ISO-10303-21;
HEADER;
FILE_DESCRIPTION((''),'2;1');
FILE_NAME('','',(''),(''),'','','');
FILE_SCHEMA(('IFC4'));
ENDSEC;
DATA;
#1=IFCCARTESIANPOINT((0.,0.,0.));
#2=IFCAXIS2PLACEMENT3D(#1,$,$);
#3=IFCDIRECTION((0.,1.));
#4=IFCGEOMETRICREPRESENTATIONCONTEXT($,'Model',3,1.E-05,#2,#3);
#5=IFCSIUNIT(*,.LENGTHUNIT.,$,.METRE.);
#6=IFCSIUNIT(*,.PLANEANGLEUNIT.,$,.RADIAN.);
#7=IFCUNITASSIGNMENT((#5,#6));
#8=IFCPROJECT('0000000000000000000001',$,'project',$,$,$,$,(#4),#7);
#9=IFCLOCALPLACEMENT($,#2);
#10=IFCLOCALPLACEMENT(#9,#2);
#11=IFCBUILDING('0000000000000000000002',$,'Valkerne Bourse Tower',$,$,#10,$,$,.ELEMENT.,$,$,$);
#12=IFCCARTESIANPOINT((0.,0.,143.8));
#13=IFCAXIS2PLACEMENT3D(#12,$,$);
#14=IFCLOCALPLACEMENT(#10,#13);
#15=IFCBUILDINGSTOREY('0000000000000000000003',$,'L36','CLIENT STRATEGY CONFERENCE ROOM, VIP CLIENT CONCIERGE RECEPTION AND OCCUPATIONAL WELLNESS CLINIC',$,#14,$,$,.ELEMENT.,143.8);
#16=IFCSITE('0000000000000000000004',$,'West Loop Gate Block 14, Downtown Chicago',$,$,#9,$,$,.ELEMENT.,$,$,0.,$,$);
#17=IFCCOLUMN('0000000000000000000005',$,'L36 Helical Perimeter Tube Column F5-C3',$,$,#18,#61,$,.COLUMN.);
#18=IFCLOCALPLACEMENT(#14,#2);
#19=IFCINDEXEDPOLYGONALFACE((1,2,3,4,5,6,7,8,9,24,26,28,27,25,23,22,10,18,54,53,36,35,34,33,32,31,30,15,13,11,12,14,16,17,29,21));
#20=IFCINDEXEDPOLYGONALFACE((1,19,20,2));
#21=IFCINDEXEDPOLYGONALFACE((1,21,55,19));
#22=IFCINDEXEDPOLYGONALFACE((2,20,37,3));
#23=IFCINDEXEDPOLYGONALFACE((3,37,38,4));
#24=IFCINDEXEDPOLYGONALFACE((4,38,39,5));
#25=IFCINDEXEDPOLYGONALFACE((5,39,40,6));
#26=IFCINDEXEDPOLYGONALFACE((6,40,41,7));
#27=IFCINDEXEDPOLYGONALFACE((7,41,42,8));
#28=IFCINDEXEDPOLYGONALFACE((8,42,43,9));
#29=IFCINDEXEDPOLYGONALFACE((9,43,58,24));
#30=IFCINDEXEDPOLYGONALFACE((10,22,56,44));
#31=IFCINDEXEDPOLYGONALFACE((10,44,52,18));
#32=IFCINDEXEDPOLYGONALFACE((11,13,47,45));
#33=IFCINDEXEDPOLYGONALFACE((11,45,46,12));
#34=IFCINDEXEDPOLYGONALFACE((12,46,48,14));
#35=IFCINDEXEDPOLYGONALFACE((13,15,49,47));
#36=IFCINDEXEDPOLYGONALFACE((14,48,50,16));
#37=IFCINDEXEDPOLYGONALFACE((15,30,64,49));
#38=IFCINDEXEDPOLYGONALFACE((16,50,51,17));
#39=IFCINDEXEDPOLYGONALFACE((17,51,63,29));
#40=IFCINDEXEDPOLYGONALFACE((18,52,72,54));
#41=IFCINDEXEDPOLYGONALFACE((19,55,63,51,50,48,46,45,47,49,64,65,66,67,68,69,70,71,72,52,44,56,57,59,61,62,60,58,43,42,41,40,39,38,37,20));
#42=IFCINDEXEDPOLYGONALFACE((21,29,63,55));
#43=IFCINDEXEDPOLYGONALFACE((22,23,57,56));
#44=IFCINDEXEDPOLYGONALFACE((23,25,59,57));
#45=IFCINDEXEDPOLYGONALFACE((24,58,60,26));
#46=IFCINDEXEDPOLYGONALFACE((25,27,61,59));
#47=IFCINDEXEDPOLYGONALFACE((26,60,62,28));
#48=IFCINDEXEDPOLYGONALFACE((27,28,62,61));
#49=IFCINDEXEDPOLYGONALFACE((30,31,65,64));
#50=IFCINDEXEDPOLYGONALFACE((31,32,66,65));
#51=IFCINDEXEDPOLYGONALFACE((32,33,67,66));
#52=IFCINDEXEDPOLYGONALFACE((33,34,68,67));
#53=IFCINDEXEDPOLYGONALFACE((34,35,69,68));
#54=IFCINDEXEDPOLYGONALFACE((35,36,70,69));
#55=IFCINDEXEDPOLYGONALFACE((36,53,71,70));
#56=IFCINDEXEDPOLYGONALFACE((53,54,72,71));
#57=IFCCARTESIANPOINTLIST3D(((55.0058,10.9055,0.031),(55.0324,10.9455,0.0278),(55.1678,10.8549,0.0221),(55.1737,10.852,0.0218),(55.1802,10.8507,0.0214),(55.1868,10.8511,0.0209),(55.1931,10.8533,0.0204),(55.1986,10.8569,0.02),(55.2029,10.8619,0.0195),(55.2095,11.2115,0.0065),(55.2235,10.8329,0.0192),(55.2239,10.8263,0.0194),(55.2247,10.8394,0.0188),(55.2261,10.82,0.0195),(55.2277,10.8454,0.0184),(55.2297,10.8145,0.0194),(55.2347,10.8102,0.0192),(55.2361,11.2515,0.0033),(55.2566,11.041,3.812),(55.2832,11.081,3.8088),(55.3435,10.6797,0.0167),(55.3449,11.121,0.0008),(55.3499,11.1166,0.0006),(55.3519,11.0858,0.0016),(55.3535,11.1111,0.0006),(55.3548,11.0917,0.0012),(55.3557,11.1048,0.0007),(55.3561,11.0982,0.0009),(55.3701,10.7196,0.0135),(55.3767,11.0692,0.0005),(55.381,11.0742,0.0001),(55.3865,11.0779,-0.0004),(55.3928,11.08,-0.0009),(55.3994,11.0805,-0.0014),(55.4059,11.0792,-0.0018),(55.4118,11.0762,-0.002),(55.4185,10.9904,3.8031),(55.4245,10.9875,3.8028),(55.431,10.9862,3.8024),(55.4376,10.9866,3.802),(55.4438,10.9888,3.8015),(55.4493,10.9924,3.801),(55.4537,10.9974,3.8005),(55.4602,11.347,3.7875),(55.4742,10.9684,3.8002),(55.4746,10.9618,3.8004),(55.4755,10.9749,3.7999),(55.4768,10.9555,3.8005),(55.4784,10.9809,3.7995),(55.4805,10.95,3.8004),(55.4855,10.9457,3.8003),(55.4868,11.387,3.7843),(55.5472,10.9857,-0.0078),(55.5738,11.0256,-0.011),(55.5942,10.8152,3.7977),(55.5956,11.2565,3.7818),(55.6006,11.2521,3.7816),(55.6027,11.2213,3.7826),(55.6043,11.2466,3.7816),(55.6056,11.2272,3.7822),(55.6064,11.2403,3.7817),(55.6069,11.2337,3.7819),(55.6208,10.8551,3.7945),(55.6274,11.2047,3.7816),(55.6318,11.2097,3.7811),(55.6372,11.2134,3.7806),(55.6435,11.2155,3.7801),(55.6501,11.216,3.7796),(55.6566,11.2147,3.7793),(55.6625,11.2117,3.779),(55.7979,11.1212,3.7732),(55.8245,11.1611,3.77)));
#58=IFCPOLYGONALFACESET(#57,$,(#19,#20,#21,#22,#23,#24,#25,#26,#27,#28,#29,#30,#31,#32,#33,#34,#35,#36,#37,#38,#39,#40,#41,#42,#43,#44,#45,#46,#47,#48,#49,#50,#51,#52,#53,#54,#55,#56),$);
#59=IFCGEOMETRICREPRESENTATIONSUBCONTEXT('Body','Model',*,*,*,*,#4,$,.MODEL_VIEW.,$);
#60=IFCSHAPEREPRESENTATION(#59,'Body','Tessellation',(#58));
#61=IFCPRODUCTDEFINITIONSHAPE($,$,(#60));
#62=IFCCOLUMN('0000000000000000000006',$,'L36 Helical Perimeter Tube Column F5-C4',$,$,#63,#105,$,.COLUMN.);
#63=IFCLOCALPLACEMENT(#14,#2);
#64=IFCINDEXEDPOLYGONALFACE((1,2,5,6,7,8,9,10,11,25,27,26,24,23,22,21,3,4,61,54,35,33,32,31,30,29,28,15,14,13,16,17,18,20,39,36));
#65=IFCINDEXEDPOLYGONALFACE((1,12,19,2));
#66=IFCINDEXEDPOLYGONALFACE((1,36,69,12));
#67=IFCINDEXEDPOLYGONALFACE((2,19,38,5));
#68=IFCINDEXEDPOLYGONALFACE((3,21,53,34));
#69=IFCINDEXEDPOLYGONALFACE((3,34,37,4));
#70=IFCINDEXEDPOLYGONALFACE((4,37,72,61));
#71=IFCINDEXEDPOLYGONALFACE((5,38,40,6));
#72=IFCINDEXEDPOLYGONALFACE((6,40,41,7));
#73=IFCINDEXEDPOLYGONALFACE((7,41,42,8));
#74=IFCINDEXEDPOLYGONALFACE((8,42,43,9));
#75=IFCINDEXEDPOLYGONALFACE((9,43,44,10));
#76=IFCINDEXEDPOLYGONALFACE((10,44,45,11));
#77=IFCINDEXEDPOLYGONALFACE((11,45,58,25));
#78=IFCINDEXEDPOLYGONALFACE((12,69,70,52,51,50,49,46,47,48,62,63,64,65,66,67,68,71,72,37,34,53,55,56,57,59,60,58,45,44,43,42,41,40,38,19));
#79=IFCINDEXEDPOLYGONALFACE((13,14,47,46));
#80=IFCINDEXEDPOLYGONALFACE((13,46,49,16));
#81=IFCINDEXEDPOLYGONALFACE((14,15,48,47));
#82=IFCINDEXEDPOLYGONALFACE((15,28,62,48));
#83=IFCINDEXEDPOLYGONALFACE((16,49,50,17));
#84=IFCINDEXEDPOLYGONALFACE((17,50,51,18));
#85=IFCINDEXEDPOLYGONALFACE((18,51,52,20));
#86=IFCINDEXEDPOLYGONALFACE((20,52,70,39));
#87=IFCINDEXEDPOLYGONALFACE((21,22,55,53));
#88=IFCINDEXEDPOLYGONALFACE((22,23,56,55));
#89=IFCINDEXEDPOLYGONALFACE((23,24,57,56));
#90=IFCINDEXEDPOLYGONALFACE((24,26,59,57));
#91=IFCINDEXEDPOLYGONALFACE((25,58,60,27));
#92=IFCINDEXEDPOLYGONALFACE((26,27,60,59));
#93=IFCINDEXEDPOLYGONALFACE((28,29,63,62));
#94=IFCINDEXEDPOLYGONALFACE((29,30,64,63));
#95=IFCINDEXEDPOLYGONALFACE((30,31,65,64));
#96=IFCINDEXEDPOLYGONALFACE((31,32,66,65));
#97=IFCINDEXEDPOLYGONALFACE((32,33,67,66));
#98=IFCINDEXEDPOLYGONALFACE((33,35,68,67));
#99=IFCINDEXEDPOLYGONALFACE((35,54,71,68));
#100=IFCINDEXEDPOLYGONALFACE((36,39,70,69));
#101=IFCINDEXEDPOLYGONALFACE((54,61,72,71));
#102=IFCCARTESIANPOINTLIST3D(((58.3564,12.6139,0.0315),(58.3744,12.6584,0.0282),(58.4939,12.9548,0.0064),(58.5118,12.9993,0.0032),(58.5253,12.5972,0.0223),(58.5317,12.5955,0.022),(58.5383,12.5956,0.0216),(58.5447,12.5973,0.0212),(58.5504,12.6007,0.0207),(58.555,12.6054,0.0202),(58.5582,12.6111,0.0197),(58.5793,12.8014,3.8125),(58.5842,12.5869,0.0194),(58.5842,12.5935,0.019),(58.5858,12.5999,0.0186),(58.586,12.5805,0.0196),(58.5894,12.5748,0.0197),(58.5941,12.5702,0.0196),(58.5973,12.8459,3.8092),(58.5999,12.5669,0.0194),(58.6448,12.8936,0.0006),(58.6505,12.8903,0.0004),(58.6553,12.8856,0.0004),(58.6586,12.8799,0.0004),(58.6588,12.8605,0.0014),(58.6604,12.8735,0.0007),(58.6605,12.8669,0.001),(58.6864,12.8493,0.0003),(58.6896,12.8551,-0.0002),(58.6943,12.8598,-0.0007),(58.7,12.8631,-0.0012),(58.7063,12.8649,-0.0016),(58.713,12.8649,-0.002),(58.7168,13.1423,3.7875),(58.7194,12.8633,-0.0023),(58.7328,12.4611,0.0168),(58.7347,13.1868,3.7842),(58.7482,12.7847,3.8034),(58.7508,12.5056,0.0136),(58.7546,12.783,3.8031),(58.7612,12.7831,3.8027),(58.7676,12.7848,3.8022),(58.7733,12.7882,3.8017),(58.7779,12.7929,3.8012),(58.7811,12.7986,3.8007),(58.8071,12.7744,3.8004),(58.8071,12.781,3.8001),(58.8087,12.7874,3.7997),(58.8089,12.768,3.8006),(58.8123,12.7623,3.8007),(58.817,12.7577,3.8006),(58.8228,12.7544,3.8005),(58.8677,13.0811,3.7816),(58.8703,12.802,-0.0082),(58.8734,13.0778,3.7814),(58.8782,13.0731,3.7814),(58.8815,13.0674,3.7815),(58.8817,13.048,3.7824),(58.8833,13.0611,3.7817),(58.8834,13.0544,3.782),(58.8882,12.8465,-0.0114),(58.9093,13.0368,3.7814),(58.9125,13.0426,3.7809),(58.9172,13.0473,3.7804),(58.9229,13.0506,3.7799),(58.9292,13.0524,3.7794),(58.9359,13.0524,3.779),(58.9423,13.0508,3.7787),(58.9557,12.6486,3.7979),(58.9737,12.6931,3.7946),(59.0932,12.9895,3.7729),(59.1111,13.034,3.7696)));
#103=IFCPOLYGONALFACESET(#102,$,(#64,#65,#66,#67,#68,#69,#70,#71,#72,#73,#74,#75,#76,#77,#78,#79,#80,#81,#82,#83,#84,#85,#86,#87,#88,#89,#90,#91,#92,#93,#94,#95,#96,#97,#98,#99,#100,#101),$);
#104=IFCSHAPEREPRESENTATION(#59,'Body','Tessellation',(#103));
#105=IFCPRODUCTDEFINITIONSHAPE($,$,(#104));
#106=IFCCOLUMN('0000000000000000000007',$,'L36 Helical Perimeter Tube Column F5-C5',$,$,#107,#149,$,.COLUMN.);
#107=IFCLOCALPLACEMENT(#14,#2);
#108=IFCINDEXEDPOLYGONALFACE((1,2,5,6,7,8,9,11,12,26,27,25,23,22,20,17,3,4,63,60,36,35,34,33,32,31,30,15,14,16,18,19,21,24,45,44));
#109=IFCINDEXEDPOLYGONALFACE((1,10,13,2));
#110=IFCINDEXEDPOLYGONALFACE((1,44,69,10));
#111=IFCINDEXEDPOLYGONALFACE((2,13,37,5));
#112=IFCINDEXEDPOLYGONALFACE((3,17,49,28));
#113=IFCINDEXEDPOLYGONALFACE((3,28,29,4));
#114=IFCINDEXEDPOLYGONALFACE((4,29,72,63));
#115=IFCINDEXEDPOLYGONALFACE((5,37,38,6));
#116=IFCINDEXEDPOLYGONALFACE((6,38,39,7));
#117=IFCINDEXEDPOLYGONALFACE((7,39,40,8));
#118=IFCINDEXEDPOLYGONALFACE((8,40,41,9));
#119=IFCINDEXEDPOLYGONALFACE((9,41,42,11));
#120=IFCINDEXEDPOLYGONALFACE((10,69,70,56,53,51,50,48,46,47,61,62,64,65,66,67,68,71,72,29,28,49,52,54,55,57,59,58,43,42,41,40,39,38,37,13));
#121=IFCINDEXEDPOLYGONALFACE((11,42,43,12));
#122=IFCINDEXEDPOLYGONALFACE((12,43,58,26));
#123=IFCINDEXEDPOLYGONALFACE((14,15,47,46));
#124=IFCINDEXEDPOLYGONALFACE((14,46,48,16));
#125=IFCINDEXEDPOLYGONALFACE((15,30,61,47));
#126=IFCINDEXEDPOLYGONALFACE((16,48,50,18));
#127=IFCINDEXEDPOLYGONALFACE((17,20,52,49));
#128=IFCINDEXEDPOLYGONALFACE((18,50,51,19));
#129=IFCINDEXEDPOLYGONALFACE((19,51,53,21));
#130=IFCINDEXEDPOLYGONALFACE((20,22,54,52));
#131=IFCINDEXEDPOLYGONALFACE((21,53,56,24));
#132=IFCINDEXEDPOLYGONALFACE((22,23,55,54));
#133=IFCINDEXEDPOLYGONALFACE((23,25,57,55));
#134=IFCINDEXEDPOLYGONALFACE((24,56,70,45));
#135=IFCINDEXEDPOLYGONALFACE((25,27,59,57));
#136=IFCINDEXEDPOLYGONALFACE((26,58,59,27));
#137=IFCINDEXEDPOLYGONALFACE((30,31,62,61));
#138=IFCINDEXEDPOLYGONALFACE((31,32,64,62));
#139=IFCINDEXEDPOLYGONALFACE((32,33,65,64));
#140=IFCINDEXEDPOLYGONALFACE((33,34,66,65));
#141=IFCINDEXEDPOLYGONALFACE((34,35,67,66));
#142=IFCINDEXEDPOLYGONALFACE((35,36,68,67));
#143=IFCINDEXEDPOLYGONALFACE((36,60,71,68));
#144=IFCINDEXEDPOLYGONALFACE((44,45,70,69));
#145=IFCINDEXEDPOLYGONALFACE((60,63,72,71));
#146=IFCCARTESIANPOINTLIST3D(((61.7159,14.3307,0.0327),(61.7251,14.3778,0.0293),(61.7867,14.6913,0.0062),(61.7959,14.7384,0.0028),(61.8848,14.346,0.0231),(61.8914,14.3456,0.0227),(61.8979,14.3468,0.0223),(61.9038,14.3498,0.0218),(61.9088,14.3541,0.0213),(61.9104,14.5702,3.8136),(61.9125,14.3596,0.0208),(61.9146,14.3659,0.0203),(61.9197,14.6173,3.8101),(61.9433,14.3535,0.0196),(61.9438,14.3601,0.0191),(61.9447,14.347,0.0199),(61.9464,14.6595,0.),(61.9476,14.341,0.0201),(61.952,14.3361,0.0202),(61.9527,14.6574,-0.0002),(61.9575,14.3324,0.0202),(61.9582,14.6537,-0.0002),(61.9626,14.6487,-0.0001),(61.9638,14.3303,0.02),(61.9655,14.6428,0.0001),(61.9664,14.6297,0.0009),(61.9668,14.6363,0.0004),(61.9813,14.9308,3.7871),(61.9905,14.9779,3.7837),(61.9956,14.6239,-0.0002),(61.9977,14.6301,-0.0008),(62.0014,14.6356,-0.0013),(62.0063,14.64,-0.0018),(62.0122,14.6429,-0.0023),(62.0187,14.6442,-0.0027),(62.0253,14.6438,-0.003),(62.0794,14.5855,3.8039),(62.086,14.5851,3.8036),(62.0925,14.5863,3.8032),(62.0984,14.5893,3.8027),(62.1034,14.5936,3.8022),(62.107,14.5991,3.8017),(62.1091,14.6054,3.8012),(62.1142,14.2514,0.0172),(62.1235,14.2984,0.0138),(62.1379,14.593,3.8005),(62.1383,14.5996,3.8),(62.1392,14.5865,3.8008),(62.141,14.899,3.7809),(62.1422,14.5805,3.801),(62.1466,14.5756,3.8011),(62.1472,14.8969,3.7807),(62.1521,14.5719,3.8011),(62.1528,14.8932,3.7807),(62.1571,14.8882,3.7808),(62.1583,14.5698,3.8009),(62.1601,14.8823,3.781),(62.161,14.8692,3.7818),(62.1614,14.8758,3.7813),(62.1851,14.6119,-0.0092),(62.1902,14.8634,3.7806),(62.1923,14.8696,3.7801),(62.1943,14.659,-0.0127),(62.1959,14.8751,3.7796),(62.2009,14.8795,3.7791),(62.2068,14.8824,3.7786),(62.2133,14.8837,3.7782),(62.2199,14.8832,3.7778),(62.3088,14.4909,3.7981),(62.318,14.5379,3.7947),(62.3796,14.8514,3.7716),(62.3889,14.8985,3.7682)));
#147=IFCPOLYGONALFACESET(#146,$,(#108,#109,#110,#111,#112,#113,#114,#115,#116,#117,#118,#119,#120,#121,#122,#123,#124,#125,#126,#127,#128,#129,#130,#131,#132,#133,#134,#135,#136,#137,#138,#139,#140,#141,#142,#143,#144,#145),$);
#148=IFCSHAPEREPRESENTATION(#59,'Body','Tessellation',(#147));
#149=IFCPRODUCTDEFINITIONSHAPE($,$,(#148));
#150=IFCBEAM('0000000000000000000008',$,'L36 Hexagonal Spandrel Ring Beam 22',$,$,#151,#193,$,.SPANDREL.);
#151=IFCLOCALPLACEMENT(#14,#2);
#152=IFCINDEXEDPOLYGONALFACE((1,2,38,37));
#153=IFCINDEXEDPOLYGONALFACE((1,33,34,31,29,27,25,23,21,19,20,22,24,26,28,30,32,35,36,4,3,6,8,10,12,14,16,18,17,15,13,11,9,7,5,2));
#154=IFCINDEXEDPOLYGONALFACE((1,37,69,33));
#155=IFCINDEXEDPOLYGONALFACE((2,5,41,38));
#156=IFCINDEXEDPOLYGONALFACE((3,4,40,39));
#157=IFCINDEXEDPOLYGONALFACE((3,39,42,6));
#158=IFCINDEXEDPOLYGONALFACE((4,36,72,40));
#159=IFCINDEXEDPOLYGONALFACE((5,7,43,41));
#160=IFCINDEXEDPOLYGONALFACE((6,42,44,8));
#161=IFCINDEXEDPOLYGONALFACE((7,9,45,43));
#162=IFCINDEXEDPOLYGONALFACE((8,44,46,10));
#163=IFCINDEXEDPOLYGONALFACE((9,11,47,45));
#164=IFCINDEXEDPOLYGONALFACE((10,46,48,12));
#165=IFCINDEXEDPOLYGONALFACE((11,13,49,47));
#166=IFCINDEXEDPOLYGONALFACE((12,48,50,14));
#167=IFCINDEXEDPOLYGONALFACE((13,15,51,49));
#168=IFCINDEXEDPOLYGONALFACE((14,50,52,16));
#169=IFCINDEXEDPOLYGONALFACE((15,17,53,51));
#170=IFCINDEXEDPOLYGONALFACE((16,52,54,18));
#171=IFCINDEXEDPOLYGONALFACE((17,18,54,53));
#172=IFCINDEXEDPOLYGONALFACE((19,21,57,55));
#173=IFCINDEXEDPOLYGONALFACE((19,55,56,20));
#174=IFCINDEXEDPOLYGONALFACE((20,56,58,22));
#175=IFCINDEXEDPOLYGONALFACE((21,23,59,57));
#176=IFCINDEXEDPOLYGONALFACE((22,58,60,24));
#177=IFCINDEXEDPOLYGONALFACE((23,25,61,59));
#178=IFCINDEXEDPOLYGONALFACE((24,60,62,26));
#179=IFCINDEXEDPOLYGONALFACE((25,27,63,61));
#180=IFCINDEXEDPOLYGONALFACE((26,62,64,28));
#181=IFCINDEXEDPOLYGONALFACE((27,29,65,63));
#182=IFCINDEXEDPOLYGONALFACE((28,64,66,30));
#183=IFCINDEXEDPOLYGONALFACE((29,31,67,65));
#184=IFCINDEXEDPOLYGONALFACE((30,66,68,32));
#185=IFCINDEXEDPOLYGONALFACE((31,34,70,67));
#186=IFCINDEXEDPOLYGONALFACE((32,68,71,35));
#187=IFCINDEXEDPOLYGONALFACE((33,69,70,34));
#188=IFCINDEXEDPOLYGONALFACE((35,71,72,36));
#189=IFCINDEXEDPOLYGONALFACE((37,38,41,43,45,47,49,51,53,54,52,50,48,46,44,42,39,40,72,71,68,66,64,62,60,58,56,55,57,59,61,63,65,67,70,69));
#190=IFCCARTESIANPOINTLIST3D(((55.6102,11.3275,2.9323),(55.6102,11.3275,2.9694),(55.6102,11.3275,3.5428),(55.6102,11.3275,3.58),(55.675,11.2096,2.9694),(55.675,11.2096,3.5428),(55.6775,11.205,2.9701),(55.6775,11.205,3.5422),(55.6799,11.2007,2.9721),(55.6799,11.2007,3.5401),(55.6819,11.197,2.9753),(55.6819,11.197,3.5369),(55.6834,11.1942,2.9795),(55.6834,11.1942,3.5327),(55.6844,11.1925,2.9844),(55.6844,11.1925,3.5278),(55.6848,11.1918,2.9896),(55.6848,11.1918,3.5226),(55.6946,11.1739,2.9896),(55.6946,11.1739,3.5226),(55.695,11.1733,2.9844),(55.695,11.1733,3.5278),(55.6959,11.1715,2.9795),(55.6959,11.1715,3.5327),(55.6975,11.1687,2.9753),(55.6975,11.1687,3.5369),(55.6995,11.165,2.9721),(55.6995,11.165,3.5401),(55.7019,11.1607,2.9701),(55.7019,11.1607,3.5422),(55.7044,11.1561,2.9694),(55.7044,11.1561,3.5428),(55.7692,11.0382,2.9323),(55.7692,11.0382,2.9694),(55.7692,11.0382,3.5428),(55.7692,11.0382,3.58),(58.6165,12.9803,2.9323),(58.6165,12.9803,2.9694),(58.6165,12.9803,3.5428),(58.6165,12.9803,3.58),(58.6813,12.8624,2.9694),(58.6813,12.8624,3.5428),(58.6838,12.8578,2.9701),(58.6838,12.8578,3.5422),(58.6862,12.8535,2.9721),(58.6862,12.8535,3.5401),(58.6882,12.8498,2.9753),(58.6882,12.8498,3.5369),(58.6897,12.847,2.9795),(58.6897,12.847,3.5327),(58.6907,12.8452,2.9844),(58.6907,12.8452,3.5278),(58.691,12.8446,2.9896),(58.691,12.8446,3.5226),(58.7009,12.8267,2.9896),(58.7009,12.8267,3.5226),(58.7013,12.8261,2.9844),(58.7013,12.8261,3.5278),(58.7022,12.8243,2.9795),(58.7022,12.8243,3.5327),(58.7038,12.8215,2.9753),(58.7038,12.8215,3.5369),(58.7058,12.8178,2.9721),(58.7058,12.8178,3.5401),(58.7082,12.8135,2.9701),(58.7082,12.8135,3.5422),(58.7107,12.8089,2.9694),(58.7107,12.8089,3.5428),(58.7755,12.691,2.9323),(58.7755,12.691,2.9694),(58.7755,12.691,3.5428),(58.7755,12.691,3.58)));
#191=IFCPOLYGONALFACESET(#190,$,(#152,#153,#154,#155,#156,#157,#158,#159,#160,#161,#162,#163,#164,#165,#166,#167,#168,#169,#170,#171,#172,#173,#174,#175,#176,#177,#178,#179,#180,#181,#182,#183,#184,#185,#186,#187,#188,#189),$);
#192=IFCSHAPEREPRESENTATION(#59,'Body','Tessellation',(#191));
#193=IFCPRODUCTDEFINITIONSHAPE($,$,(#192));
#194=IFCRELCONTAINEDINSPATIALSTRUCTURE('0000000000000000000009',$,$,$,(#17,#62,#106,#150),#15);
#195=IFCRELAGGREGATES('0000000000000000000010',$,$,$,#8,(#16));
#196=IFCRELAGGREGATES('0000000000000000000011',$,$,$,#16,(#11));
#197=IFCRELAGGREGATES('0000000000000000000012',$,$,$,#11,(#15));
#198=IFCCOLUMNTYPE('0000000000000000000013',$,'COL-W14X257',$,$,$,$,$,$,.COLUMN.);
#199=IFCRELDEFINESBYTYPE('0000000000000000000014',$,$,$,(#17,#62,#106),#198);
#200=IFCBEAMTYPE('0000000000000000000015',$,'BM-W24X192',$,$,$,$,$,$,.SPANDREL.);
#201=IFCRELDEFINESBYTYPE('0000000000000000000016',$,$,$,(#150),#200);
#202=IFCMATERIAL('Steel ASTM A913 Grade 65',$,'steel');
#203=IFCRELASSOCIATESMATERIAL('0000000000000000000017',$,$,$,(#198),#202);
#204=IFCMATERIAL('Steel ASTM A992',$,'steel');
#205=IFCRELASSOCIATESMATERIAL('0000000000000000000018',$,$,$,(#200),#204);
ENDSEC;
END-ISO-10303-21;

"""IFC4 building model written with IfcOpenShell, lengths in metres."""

from ifc_helpers import new_model, si_unit, direction, frame, origin, origin_2d, place, context, subcontext, project, spatial, i_section, extrude, material, material_profile, profile_set, type_object, element, save


model = new_model("IFC4")

# Units and contexts
model_context = context("Model", 3, precision=1e-05, world=origin(), true_north=direction((0.0, 1.0)))
body_context = subcontext(model_context, "Body", "Model", "MODEL_VIEW")
ifc_project = project(units=[si_unit("LENGTHUNIT", "METRE"), si_unit("PLANEANGLEUNIT", "RADIAN")], contexts=[model_context])

# Site, building, storey
site_placement = place(None, origin())
site = spatial("IfcSite", under=ifc_project, at=site_placement, Name="West Loop Gate Block 14, Downtown Chicago", CompositionType="ELEMENT", RefElevation=0.0)
building_placement = place(site_placement, origin())
building = spatial("IfcBuilding", under=site, at=building_placement, Name="Valkerne Bourse Tower", CompositionType="ELEMENT")
storey_placement = place(building_placement, frame((0.0, 0.0, 143.8)))
storey = spatial("IfcBuildingStorey", under=building, at=storey_placement, Name="L36", Description="CLIENT STRATEGY CONFERENCE ROOM, VIP CLIENT CONCIERGE RECEPTION AND OCCUPATIONAL WELLNESS CLINIC", CompositionType="ELEMENT", Elevation=143.8)

# Columns
ifc_material_1 = material(Name="Steel ASTM A913 Grade 65", Category="steel")
ifc_material_profile_1 = material_profile(ifc_material_1, i_section(OverallWidth=0.4065, OverallDepth=0.4165, WebThickness=0.0298, FlangeThickness=0.0481, FilletRadius=0.0254, at=origin_2d()), Name="W14X257")
ifc_profile_set_1 = profile_set([ifc_material_profile_1], Name="Steel ASTM A913 Grade 65")
column_type = type_object("IfcColumnType", Name="COL-W14X257", PredefinedType="COLUMN", material=ifc_profile_set_1)
column_1_placement = place(storey_placement, frame((55.2898, 10.9656, 0.01), z_axis=(0.066126, 0.035735, 0.997171), x_axis=(-0.830665, 0.55566, 0.035172)))
element("IfcColumn", 1, at=column_1_placement, inside=storey, type_object=column_type, Name="L36 Helical Perimeter Tube Column F5-C3", PredefinedType="COLUMN", context=body_context, shape_type="SweptSolid", body=[
    extrude(i_section(OverallWidth=0.4065, OverallDepth=0.4165, WebThickness=0.0298, FlangeThickness=0.0481, FilletRadius=0.0254, at=origin_2d()), origin(), (0.0, 0.0, 1.0), 3.7917),
])
column_2_placement = place(storey_placement, frame((58.6223, 12.7302, 0.01), z_axis=(0.058779, 0.049443, 0.997046), x_axis=(-0.92593, 0.375982, 0.035941)))
element("IfcColumn", 2, at=column_2_placement, inside=storey, type_object=column_type, Name="L36 Helical Perimeter Tube Column F5-C4", PredefinedType="COLUMN", context=body_context, shape_type="SweptSolid", body=[
    extrude(i_section(OverallWidth=0.4065, OverallDepth=0.4165, WebThickness=0.0298, FlangeThickness=0.0481, FilletRadius=0.0254, at=origin_2d()), origin(), (0.0, 0.0, 1.0), 3.7922),
])
column_3_placement = place(storey_placement, frame((61.9551, 14.4949, 0.01), z_axis=(0.051292, 0.063134, 0.996686), x_axis=(-0.980006, 0.195295, 0.038063)))
element("IfcColumn", 3, at=column_3_placement, inside=storey, type_object=column_type, Name="L36 Helical Perimeter Tube Column F5-C5", PredefinedType="COLUMN", context=body_context, shape_type="SweptSolid", body=[
    extrude(i_section(OverallWidth=0.4065, OverallDepth=0.4165, WebThickness=0.0298, FlangeThickness=0.0481, FilletRadius=0.0254, at=origin_2d()), origin(), (0.0, 0.0, 1.0), 3.7935),
])

# Beam
ifc_material_2 = material(Name="Steel ASTM A992", Category="steel")
ifc_material_profile_2 = material_profile(ifc_material_2, i_section(OverallWidth=0.3301, OverallDepth=0.6477, WebThickness=0.0205, FlangeThickness=0.0371, FilletRadius=0.0203, at=origin_2d()), Name="W24X192")
ifc_profile_set_2 = profile_set([ifc_material_profile_2], Name="Steel ASTM A992")
beam_type = type_object("IfcBeamType", Name="BM-W24X192", PredefinedType="SPANDREL", material=ifc_profile_set_2)
beam_1_placement = place(storey_placement, frame((55.6897, 11.1829, 3.2561), z_axis=(0.876297, 0.481771, 0.0), x_axis=(-0.481771, 0.876297, 0.0)))
element("IfcBeam", 4, at=beam_1_placement, inside=storey, type_object=beam_type, Name="L36 Hexagonal Spandrel Ring Beam 22", PredefinedType="SPANDREL", context=body_context, shape_type="SweptSolid", body=[
    extrude(i_section(OverallWidth=0.3301, OverallDepth=0.6477, WebThickness=0.0205, FlangeThickness=0.0371, FilletRadius=0.0203, at=origin_2d()), origin(), (0.0, 0.0, 1.0), 3.4307),
])

save(model, "model.ifc")
